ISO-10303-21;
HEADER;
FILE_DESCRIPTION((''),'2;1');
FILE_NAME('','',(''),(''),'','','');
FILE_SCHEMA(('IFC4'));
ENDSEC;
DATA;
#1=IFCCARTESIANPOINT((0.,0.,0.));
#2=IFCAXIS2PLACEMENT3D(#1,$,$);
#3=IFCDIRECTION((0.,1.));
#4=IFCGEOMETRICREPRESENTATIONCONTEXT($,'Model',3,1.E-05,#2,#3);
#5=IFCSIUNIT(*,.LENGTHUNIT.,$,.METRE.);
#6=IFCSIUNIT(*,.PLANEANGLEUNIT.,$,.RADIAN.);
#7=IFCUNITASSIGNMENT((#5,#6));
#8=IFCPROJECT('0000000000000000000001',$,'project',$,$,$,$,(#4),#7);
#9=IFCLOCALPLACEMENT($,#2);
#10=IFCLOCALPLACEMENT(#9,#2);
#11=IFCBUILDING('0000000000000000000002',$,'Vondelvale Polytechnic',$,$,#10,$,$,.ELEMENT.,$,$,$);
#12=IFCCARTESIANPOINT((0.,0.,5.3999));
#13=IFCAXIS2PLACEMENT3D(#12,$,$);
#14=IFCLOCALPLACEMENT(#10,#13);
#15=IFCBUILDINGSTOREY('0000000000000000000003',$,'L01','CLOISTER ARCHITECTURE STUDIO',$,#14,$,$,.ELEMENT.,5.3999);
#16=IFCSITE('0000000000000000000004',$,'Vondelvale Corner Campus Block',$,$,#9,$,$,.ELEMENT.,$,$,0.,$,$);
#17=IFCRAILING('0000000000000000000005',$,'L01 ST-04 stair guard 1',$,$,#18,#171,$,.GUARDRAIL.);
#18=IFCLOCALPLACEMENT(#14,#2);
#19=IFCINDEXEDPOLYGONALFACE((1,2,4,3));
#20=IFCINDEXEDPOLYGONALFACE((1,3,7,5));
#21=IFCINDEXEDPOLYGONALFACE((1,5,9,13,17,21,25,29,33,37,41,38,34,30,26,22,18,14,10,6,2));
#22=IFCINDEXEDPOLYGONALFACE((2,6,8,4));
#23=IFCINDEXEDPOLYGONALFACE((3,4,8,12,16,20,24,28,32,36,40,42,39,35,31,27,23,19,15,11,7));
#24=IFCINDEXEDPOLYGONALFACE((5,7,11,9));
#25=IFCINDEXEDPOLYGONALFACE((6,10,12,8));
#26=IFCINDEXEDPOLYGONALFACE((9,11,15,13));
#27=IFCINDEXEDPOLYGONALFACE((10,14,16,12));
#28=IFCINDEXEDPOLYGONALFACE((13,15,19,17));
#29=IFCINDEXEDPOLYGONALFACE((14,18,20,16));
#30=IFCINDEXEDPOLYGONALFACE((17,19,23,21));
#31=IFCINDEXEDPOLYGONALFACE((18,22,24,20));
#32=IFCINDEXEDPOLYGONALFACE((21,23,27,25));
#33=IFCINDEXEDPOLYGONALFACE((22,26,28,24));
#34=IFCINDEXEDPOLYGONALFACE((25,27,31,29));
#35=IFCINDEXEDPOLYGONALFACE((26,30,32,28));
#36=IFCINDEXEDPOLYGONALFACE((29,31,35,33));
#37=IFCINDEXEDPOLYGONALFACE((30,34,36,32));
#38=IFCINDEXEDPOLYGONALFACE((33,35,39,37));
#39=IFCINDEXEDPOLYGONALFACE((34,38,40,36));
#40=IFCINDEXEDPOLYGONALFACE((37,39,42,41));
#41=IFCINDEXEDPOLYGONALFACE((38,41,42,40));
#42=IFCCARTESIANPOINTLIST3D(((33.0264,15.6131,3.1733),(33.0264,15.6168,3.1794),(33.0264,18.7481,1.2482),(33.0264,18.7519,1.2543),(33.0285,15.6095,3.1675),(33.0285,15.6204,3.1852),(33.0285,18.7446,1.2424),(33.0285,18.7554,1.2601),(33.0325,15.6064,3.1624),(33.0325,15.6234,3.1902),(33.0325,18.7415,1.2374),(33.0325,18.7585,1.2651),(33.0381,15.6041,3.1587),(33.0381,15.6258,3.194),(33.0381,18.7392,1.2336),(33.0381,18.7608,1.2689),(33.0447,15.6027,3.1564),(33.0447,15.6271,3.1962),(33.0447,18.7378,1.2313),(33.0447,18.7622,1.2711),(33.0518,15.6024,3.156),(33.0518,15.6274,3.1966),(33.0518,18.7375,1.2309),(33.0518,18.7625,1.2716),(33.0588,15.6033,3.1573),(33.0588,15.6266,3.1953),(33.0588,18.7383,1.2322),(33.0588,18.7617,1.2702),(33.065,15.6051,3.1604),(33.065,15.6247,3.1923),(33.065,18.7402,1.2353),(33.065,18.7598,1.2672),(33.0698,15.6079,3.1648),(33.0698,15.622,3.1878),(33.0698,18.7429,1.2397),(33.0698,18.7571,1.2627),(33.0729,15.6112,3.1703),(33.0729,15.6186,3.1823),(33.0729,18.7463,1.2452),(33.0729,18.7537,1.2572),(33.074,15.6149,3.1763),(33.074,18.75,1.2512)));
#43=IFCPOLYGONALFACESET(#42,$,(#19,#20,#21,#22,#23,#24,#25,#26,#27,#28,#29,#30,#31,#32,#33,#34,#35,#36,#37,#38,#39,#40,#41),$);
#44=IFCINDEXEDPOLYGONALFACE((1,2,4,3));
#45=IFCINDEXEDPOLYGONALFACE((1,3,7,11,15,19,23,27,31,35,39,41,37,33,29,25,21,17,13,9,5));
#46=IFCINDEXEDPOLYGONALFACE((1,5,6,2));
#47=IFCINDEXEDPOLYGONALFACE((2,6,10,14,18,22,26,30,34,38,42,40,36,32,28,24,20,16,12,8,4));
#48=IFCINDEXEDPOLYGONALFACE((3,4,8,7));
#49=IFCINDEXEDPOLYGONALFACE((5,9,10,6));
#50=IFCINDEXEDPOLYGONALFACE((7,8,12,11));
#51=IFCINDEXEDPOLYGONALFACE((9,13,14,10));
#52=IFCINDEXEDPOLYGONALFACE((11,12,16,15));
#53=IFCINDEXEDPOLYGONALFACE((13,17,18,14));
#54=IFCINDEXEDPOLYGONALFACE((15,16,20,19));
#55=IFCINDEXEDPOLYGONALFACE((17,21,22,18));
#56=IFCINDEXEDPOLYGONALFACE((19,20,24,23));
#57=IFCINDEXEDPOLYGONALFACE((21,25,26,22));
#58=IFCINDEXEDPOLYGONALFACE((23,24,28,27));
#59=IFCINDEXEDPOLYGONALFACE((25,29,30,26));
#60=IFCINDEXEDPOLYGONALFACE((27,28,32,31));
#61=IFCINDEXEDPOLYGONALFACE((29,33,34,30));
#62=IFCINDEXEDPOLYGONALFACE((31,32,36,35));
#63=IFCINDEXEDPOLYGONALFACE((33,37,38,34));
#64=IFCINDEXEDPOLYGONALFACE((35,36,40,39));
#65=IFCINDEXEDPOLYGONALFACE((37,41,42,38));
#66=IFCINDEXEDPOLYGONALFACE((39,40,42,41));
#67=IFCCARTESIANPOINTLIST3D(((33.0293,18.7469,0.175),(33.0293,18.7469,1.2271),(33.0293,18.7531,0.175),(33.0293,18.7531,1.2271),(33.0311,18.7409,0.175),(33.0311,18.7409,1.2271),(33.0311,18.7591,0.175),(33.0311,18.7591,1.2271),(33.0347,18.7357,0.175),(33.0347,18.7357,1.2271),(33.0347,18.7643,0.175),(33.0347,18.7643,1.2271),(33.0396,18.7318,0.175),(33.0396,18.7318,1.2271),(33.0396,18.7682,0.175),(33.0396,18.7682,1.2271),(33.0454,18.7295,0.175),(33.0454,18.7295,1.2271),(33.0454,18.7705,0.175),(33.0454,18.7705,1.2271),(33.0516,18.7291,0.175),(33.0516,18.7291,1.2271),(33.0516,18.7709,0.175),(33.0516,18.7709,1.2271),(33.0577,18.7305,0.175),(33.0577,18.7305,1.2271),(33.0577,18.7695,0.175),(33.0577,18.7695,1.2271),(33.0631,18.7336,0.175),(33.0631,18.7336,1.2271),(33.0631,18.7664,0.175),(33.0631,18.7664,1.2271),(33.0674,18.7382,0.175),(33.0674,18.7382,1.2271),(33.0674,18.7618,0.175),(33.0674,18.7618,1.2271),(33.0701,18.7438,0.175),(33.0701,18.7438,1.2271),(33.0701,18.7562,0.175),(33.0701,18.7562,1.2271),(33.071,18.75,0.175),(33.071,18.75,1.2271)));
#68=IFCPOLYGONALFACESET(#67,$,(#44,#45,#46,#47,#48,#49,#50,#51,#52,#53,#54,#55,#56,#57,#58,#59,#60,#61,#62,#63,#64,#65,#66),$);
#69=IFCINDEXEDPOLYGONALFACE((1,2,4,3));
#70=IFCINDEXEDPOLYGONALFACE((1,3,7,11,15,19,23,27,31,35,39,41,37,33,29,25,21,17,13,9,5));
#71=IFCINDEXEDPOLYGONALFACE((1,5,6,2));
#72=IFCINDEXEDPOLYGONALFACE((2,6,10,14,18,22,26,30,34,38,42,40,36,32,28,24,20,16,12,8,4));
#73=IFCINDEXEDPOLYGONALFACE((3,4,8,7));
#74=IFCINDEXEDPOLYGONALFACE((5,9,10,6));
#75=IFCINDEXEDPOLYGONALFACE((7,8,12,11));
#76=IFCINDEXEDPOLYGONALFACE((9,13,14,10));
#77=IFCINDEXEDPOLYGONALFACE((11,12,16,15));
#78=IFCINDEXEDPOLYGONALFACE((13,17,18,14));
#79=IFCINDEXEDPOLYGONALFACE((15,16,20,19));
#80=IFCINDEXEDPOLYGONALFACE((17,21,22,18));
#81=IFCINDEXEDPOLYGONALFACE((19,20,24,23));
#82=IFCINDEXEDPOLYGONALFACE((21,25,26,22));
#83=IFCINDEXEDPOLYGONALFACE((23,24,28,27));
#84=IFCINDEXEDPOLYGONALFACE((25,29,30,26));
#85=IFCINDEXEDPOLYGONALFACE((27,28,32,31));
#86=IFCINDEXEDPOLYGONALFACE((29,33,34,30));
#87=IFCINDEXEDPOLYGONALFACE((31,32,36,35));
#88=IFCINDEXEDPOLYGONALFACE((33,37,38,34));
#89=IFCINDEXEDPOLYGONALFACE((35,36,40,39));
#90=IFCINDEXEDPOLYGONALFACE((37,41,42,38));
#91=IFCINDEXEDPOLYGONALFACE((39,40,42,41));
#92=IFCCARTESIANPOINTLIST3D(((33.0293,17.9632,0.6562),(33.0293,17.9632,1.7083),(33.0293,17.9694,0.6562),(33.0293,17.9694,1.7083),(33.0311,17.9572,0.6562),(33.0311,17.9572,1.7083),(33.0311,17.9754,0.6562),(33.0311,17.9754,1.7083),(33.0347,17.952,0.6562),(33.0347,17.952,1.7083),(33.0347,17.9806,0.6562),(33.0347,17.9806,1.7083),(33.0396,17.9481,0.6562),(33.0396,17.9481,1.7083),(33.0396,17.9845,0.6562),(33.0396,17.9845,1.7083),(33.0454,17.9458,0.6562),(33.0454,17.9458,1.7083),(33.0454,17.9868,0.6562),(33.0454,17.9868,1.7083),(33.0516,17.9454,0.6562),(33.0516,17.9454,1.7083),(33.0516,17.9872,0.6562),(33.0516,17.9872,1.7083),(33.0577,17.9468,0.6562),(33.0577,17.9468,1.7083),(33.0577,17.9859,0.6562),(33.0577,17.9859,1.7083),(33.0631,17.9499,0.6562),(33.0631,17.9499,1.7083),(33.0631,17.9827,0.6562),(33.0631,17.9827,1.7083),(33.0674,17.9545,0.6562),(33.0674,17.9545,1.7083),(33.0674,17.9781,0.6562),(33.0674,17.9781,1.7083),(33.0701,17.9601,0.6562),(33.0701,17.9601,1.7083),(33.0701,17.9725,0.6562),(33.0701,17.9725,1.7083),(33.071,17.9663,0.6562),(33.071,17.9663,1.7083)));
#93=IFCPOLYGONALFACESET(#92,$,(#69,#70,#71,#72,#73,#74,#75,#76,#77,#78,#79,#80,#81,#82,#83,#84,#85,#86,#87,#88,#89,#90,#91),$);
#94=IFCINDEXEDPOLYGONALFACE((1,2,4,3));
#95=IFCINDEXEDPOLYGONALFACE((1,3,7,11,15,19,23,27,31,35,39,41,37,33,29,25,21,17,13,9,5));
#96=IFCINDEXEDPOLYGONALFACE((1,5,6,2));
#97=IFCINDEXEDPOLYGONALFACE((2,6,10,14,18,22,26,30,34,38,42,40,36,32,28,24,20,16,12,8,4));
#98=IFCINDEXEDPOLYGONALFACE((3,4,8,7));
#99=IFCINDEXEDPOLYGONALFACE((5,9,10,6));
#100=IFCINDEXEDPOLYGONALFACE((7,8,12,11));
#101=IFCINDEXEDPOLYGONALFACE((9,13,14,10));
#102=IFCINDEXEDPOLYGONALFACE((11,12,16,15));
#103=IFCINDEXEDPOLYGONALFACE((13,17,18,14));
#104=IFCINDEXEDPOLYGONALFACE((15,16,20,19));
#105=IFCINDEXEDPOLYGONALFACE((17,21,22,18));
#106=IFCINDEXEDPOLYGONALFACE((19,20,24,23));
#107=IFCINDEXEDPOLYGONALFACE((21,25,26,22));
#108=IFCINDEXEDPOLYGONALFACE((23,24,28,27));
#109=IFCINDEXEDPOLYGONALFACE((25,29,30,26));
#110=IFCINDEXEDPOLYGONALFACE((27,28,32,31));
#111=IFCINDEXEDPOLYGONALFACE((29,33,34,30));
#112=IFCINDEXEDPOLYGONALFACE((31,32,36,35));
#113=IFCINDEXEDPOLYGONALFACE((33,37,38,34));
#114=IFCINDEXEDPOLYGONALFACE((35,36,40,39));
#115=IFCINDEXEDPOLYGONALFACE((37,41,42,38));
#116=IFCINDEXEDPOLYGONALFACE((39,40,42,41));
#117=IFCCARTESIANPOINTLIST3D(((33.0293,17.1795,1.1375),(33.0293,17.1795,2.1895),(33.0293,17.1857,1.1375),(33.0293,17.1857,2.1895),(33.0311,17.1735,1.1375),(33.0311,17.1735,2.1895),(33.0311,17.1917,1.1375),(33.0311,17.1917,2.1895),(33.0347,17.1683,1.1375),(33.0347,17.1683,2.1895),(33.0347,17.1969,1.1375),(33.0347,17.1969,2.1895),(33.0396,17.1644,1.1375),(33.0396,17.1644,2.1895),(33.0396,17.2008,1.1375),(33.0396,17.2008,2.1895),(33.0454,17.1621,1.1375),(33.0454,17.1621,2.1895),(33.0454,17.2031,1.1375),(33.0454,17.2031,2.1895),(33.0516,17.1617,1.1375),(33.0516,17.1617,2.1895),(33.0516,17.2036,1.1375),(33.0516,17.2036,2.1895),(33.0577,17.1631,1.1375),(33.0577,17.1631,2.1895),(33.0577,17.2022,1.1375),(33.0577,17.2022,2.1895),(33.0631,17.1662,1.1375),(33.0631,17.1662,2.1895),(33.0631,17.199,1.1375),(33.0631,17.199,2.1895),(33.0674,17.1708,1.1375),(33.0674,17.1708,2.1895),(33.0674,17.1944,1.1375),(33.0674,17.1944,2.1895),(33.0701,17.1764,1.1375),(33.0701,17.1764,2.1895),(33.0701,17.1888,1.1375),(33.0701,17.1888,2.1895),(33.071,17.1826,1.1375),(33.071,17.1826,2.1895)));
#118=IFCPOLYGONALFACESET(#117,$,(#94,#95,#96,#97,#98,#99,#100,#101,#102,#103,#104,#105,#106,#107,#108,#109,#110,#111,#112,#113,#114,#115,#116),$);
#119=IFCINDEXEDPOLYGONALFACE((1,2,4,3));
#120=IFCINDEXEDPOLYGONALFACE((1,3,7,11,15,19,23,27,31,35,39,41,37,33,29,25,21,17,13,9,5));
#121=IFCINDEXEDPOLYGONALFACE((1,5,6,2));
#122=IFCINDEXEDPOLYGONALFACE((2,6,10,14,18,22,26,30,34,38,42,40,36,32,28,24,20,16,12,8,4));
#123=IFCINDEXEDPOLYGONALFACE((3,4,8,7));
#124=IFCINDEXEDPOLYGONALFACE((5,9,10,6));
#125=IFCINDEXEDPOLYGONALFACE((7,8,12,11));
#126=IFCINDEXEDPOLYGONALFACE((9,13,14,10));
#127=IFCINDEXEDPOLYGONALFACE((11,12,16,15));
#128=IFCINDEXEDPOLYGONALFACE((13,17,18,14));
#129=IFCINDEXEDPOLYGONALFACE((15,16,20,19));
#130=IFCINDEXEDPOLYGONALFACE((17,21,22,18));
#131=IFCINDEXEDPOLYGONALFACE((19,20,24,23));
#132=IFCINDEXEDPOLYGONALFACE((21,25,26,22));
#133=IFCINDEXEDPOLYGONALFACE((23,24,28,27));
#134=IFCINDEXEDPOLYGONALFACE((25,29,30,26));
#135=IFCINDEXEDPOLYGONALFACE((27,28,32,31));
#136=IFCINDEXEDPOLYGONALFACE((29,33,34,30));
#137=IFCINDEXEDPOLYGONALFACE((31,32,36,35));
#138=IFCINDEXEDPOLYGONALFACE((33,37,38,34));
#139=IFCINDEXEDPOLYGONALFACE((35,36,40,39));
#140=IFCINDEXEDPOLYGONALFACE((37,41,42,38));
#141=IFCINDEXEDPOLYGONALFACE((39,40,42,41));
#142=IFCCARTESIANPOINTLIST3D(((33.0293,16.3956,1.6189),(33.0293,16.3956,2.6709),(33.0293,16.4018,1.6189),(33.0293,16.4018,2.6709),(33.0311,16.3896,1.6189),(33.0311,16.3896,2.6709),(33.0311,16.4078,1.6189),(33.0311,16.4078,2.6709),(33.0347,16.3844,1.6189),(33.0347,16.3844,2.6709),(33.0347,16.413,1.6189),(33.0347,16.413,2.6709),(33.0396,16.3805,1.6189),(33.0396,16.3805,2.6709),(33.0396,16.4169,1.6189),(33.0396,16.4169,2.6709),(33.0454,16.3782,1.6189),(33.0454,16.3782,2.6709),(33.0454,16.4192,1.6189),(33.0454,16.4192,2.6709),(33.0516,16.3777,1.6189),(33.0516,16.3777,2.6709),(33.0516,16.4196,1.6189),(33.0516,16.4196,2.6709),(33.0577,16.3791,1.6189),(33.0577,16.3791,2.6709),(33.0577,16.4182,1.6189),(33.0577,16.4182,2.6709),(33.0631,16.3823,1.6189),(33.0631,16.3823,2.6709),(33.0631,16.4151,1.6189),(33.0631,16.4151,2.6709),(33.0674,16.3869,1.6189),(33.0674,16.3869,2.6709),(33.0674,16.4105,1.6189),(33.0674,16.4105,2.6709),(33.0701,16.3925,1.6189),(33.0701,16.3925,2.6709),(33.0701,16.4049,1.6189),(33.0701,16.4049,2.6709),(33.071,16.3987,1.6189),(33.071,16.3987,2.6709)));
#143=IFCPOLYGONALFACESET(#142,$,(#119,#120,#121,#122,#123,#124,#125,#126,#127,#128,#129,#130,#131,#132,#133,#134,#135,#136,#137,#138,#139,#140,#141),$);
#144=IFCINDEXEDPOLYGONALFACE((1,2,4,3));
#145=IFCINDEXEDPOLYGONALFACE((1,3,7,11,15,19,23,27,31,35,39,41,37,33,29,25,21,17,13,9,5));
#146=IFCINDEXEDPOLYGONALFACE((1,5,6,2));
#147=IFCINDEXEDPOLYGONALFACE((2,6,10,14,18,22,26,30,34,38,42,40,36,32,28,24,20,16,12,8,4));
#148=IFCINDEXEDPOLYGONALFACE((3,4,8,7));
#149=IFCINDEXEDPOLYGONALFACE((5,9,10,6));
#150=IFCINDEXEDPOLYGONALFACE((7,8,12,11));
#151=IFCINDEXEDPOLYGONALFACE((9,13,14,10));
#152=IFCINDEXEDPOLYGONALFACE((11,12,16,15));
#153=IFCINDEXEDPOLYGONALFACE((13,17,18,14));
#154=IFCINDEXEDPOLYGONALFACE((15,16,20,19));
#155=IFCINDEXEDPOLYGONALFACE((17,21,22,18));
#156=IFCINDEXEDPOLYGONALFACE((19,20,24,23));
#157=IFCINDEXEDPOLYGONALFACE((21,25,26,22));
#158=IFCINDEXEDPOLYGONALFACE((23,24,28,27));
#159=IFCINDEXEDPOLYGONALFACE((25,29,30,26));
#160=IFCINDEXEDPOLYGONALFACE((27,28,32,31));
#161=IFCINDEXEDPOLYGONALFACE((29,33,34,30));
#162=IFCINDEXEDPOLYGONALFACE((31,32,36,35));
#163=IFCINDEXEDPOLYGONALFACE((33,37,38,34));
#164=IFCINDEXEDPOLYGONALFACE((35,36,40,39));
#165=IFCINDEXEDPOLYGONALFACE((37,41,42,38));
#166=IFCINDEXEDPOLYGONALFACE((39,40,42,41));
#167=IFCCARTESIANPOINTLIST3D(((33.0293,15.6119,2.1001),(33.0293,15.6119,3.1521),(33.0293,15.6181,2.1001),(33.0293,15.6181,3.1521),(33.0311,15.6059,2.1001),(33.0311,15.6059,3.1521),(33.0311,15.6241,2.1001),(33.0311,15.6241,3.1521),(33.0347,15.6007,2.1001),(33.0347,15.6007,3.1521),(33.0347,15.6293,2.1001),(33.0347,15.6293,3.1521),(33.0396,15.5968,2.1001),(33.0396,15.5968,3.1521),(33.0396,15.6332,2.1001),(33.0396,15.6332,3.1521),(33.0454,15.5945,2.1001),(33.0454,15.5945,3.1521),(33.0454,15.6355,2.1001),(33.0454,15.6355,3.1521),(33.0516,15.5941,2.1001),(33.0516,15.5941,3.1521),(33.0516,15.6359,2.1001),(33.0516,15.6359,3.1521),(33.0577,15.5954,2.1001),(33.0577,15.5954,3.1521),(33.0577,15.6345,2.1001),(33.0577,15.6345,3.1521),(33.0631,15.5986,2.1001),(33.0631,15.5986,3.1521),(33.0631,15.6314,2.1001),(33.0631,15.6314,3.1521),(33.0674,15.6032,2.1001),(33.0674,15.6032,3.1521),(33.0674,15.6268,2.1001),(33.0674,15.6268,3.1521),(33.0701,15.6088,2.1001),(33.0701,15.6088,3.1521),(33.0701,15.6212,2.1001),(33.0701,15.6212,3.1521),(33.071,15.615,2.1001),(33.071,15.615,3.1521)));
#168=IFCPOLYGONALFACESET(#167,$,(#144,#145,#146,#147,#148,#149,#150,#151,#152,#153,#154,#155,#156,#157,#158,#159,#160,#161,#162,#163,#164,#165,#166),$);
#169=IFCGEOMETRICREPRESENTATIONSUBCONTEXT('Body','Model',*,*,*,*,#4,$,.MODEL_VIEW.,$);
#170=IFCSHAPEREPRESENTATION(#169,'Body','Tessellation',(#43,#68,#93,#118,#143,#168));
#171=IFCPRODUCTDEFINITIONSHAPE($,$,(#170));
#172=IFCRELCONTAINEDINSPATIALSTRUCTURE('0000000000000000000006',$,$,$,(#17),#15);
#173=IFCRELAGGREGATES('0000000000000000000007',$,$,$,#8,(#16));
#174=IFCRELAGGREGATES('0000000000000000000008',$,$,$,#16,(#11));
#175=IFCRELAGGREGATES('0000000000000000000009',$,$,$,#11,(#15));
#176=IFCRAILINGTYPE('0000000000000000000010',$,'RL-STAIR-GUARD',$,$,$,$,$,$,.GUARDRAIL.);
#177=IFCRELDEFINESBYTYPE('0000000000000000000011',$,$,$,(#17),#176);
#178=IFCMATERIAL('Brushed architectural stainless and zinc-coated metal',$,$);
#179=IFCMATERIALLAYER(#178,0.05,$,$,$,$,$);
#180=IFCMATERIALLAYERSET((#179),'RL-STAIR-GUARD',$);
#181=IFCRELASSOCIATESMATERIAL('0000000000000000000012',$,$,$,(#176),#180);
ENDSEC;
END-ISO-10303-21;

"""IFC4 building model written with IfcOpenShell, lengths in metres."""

from ifc_helpers import new_model, si_unit, direction, frame, origin, origin_2d, place, context, subcontext, project, spatial, circle, extrude, material, layer, layer_set, type_object, element, save


model = new_model("IFC4")

# Units and contexts
model_context = context("Model", 3, precision=1e-05, world=origin(), true_north=direction((0.0, 1.0)))
body_context = subcontext(model_context, "Body", "Model", "MODEL_VIEW")
ifc_project = project(units=[si_unit("LENGTHUNIT", "METRE"), si_unit("PLANEANGLEUNIT", "RADIAN")], contexts=[model_context])

# Site, building, storey
site_placement = place(None, origin())
site = spatial("IfcSite", under=ifc_project, at=site_placement, Name="Vondelvale Corner Campus Block", CompositionType="ELEMENT", RefElevation=0.0)
building_placement = place(site_placement, origin())
building = spatial("IfcBuilding", under=site, at=building_placement, Name="Vondelvale Polytechnic", CompositionType="ELEMENT")
storey_placement = place(building_placement, frame((0.0, 0.0, 5.3999)))
storey = spatial("IfcBuildingStorey", under=building, at=storey_placement, Name="L01", Description="CLOISTER ARCHITECTURE STUDIO", CompositionType="ELEMENT", Elevation=5.3999)

# Railing
ifc_material_1 = material(Name="Brushed architectural stainless and zinc-coated metal")
ifc_layer_1 = layer(ifc_material_1, 0.05)
ifc_layer_set_1 = layer_set([ifc_layer_1], Name="RL-STAIR-GUARD")
railing_type_1 = type_object("IfcRailingType", Name="RL-STAIR-GUARD", PredefinedType="GUARDRAIL", material=ifc_layer_set_1)
railing_1_placement = place(storey_placement, frame((33.05, 18.75, 0.175)))
element("IfcRailing", 1, at=railing_1_placement, inside=storey, type_object=railing_type_1, Name="L01 ST-04 stair guard 1", PredefinedType="GUARDRAIL", context=body_context, shape_type="SweptSolid", body=[
    extrude(circle(Radius=0.0239, at=origin_2d()), frame((0.0, 0.0, 1.0762), z_axis=(0.0, -0.852166, 0.523271), x_axis=(1.0, 0.0, 0.0)), (0.0, 0.0, 1.0), 3.679),
    extrude(circle(Radius=0.021, at=origin_2d()), origin(), (0.0, 0.0, 1.0), 1.052),
    extrude(circle(Radius=0.021, at=origin_2d()), frame((0.0, -0.7837, 0.4812)), (0.0, 0.0, 1.0), 1.052),
    extrude(circle(Radius=0.021, at=origin_2d()), frame((0.0, -1.5674, 0.9624)), (0.0, 0.0, 1.0), 1.052),
    extrude(circle(Radius=0.021, at=origin_2d()), frame((0.0, -2.3513, 1.4438)), (0.0, 0.0, 1.0), 1.052),
    extrude(circle(Radius=0.021, at=origin_2d()), frame((0.0, -3.135, 1.925)), (0.0, 0.0, 1.0), 1.052),
])

save(model, "model.ifc")
